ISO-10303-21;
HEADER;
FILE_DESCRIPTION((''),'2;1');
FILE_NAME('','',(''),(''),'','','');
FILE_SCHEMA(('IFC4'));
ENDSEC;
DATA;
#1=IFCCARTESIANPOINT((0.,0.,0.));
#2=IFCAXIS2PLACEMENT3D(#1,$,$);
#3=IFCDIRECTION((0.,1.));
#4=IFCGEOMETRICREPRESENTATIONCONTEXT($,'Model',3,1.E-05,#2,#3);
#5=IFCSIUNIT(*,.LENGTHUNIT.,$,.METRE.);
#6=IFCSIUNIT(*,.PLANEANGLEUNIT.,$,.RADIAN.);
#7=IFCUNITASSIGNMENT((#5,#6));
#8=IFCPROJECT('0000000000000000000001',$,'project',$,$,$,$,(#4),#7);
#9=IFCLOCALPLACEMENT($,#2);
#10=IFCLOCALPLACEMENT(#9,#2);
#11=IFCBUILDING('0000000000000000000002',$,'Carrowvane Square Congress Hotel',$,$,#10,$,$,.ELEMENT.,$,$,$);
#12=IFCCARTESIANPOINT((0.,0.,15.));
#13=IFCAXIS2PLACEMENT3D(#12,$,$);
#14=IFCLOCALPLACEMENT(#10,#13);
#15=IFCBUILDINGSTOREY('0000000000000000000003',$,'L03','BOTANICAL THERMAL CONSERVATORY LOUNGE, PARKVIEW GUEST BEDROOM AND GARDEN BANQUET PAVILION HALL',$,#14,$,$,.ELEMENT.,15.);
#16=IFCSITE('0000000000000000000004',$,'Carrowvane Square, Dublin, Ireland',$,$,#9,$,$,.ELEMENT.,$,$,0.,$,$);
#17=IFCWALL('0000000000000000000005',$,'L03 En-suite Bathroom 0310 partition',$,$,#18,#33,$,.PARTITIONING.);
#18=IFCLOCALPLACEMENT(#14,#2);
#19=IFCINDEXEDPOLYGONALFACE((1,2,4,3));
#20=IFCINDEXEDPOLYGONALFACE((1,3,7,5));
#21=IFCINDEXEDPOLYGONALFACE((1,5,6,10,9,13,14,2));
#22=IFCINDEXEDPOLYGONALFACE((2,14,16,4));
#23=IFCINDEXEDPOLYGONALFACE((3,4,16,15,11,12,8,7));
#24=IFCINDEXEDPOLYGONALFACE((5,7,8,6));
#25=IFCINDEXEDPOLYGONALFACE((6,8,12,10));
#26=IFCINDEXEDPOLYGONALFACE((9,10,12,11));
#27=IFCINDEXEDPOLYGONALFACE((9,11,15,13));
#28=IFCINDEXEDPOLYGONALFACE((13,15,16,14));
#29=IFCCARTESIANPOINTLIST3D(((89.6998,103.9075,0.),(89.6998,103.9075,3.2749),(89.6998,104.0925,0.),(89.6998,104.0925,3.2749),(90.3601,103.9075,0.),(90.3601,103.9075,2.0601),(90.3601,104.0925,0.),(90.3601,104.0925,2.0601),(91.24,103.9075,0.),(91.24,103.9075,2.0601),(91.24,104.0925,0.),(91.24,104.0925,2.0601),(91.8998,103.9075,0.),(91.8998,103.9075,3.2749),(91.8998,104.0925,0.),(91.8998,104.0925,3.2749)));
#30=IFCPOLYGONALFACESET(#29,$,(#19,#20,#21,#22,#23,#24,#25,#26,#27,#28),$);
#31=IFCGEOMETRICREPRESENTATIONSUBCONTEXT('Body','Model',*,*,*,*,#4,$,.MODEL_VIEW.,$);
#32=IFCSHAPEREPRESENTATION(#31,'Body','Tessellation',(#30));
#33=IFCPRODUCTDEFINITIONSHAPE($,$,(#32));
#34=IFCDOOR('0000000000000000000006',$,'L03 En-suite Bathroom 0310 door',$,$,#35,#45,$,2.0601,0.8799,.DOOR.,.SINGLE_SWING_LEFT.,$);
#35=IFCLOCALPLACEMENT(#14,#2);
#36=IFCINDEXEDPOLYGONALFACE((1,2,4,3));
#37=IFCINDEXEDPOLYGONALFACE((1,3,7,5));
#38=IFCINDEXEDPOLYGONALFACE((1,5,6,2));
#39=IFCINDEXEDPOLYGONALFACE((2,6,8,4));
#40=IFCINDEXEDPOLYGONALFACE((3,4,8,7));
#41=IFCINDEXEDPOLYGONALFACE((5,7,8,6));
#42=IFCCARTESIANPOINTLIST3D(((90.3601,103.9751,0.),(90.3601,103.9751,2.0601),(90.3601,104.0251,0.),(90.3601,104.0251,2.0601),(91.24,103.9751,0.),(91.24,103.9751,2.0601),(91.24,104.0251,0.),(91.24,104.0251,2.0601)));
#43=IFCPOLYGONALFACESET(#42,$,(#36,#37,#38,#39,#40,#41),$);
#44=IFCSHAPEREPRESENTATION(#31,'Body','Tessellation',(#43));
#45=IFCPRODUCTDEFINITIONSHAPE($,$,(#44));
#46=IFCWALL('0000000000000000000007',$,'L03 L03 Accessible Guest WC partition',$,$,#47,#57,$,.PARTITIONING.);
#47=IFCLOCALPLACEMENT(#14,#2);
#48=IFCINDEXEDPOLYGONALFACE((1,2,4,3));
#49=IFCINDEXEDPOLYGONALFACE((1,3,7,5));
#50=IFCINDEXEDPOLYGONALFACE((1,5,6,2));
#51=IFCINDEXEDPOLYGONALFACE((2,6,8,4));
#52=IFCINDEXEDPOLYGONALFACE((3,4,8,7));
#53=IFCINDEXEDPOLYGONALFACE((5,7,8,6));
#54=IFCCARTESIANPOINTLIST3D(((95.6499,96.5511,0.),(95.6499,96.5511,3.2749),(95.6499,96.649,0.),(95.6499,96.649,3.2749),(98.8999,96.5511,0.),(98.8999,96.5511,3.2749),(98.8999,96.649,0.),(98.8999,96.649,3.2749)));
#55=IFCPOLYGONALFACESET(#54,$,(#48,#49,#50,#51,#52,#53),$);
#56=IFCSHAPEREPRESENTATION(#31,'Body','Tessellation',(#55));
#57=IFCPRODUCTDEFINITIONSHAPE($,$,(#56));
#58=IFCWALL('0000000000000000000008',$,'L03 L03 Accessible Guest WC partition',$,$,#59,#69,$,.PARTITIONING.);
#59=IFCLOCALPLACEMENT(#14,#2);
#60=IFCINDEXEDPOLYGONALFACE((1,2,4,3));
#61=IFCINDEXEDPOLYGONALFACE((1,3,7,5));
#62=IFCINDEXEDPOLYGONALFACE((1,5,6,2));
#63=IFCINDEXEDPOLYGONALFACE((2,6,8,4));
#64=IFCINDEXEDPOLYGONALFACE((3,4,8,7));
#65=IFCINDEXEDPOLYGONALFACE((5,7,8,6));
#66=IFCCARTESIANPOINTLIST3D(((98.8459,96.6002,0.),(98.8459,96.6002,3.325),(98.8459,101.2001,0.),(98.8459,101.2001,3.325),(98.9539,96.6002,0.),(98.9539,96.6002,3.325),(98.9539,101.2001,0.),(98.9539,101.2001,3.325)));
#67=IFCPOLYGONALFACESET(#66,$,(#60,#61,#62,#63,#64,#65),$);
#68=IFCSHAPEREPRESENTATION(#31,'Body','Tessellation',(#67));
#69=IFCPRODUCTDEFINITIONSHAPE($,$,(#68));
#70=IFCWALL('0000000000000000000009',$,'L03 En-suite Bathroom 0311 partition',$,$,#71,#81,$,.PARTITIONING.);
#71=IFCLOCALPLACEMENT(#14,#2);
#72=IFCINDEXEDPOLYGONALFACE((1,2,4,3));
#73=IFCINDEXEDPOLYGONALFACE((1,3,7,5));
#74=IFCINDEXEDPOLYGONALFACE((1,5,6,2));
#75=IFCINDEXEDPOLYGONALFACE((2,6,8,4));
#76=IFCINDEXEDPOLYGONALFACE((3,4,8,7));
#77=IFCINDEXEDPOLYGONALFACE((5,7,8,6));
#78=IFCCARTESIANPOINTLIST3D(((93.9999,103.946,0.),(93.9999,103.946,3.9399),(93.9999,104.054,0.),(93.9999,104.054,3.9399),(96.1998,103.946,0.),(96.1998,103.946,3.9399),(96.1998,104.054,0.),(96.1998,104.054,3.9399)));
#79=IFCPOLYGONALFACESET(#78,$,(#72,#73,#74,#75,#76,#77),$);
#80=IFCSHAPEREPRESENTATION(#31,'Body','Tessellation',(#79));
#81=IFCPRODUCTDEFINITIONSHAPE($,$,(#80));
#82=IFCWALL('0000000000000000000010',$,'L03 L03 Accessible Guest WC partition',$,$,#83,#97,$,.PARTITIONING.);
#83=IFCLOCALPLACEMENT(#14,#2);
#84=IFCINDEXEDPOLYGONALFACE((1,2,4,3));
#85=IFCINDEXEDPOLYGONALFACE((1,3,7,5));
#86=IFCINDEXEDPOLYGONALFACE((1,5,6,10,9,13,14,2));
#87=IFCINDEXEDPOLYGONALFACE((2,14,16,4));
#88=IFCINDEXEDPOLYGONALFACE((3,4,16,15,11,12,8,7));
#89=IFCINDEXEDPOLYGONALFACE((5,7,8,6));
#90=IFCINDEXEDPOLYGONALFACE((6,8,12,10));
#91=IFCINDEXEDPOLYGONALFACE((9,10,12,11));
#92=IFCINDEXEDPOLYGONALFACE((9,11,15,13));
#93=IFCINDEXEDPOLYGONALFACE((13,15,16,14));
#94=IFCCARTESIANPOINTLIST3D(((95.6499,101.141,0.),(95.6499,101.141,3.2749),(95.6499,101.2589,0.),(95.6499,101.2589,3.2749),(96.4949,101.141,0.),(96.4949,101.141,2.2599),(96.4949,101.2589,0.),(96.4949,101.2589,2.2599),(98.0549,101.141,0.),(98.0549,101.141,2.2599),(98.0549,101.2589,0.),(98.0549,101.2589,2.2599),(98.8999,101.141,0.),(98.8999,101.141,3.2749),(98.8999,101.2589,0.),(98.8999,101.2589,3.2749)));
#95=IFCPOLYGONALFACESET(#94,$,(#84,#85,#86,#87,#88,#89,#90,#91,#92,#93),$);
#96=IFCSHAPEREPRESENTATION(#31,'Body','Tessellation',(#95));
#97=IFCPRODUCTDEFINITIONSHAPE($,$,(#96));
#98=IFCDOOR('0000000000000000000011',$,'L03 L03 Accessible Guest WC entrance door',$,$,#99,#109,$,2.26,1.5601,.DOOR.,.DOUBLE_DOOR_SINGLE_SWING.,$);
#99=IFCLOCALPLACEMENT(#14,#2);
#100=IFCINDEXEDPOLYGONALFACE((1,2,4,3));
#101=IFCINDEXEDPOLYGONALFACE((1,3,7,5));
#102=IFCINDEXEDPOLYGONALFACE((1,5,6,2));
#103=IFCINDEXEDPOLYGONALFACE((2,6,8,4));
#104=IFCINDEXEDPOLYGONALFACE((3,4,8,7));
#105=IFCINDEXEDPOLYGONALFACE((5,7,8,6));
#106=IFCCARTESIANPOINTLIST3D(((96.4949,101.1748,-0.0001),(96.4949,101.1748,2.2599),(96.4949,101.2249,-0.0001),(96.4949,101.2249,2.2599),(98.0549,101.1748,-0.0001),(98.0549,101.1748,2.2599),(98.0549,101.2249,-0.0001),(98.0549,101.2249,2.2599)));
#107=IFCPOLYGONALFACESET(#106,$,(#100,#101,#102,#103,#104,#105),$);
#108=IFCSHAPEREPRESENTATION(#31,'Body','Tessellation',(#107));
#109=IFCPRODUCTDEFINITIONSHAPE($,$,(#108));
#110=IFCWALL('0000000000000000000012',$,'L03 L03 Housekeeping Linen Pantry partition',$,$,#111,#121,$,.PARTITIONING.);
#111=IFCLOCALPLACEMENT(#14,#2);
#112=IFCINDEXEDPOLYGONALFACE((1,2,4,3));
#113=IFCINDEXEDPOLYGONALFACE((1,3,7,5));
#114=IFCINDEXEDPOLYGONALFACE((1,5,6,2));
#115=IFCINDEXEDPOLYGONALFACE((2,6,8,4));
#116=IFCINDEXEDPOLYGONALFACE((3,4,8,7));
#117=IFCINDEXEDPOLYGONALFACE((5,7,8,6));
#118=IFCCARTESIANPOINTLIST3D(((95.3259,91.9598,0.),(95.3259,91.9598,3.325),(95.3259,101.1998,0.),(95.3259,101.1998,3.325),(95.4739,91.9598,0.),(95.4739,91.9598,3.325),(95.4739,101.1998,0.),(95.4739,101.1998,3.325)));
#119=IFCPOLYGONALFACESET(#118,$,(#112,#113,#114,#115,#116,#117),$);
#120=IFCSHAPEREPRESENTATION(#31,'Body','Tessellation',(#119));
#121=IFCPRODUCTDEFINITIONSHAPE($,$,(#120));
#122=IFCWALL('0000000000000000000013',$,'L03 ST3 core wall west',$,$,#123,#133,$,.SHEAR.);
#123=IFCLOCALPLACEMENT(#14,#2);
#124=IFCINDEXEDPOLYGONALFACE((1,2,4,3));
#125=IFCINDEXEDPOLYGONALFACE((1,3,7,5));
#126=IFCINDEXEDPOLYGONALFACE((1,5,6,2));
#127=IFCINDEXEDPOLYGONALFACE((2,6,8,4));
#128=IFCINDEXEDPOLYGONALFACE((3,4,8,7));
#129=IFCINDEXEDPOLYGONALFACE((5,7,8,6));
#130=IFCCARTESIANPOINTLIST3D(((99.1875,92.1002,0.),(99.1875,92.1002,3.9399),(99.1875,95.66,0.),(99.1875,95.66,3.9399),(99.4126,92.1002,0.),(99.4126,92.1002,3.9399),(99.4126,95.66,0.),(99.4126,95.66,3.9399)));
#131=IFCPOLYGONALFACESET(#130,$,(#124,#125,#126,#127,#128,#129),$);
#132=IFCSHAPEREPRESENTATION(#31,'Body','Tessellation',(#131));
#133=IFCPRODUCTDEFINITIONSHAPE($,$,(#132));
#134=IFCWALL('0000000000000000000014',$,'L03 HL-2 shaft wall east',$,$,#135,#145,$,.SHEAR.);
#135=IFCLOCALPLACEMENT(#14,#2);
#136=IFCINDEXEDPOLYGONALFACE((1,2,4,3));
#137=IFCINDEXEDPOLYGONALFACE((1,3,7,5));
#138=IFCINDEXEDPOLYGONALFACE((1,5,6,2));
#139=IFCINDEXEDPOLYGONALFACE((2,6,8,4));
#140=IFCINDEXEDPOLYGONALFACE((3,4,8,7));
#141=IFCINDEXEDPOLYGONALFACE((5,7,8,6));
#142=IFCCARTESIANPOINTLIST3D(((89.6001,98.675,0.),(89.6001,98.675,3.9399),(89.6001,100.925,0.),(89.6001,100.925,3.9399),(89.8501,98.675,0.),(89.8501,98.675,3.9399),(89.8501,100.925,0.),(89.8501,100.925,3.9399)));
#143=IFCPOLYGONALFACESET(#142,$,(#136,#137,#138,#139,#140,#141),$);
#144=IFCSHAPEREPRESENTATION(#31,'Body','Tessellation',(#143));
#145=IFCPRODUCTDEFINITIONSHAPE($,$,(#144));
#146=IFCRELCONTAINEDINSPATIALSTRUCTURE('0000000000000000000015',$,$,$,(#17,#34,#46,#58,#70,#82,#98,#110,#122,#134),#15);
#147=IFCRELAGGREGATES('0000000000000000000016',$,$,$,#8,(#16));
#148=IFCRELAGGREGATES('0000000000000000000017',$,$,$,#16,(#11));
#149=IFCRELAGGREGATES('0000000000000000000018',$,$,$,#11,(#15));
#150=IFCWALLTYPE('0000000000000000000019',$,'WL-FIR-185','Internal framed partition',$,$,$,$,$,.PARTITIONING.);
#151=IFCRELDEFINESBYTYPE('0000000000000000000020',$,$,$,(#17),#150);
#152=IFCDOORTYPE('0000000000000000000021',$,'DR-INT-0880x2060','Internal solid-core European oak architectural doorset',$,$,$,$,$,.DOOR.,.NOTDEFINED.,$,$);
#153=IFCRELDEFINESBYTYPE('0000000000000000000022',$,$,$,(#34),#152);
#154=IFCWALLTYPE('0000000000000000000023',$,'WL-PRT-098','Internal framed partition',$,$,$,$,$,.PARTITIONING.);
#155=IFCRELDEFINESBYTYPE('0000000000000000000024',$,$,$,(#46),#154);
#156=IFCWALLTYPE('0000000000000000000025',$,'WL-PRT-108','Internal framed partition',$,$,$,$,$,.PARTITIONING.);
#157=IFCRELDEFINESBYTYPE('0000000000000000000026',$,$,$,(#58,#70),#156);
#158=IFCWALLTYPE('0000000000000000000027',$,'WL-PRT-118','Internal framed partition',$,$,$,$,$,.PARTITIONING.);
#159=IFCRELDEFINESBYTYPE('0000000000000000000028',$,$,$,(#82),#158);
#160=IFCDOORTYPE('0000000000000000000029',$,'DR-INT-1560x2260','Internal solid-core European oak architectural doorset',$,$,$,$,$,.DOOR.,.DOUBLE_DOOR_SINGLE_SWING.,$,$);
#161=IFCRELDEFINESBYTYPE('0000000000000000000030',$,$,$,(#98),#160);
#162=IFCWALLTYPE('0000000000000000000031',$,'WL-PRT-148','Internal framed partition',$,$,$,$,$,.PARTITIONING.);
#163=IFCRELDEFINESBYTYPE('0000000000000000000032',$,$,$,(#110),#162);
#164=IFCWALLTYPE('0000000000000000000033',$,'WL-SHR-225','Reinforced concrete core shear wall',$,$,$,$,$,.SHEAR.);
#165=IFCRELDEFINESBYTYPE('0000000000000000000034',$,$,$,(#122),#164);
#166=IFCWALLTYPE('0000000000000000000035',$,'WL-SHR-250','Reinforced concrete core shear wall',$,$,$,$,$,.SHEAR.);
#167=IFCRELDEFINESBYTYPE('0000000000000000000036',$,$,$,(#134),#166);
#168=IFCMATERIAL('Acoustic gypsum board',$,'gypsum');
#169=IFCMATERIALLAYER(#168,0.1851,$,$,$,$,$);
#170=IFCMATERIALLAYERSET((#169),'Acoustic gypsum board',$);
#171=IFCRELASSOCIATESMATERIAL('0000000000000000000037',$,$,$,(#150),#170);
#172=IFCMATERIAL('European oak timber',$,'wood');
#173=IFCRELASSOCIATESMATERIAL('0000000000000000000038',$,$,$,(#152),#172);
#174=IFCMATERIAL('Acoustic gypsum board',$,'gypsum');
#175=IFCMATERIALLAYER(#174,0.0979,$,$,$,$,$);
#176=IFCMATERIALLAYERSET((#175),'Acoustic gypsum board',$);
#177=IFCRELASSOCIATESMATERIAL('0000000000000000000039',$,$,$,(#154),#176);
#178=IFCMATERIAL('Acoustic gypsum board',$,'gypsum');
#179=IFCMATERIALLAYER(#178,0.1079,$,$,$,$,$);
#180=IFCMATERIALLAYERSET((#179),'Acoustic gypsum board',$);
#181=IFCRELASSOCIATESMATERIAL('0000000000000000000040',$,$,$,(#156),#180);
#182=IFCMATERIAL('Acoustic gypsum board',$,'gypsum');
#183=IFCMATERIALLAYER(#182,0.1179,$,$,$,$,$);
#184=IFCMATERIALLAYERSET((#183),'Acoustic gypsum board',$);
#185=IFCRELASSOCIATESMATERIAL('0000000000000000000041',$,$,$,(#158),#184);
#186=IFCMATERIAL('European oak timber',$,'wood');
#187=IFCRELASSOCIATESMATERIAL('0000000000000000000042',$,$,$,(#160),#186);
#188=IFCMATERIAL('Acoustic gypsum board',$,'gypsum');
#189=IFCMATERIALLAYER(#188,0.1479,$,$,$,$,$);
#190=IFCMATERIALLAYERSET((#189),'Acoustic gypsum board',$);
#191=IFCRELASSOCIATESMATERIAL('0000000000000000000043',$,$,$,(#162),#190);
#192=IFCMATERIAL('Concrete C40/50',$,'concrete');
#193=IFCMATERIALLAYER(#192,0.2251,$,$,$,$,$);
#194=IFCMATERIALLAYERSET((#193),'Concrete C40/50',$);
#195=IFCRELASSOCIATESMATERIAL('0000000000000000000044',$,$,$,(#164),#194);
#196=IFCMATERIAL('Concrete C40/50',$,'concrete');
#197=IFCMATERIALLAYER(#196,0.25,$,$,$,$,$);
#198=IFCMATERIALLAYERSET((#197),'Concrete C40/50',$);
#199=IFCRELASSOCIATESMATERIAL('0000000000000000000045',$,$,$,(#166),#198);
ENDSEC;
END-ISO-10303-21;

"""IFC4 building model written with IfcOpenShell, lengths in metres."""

from ifc_helpers import new_model, si_unit, direction, frame, frame_2d, origin, place, context, subcontext, project, spatial, rectangle, extrude, material, layer, layer_set, type_object, element, fill, save


model = new_model("IFC4")

# Units and contexts
model_context = context("Model", 3, precision=1e-05, world=origin(), true_north=direction((0.0, 1.0)))
body_context = subcontext(model_context, "Body", "Model", "MODEL_VIEW")
ifc_project = project(units=[si_unit("LENGTHUNIT", "METRE"), si_unit("PLANEANGLEUNIT", "RADIAN")], contexts=[model_context])

# Site, building, storey
site_placement = place(None, origin())
site = spatial("IfcSite", under=ifc_project, at=site_placement, Name="Carrowvane Square, Dublin, Ireland", CompositionType="ELEMENT", RefElevation=0.0)
building_placement = place(site_placement, origin())
building = spatial("IfcBuilding", under=site, at=building_placement, Name="Carrowvane Square Congress Hotel", CompositionType="ELEMENT")
storey_placement = place(building_placement, frame((0.0, 0.0, 15.0)))
storey = spatial("IfcBuildingStorey", under=building, at=storey_placement, Name="L03", Description="BOTANICAL THERMAL CONSERVATORY LOUNGE, PARKVIEW GUEST BEDROOM AND GARDEN BANQUET PAVILION HALL", CompositionType="ELEMENT", Elevation=15.0)

# Wall, opening, door
ifc_material_1 = material(Name="Acoustic gypsum board", Category="gypsum")
ifc_layer_1 = layer(ifc_material_1, 0.1851)
ifc_layer_set_1 = layer_set([ifc_layer_1], Name="Acoustic gypsum board")
wall_type_1 = type_object("IfcWallType", Name="WL-FIR-185", Description="Internal framed partition", PredefinedType="PARTITIONING", material=ifc_layer_set_1)
wall_1_placement = place(storey_placement, frame((91.8999, 104.0, 0.0), z_axis=(0.0, 0.0, 1.0), x_axis=(-1.0, 0.0, 0.0)))
wall_1 = element("IfcWall", 1, at=wall_1_placement, inside=storey, type_object=wall_type_1, Name="L03 En-suite Bathroom 0310 partition", PredefinedType="PARTITIONING", context=body_context, shape_type="SweptSolid", body=[
    extrude(rectangle(XDim=2.2, YDim=0.1851, at=frame_2d((1.1001, 0.0))), origin(), (0.0, 0.0, 1.0), 3.2749),
])
opening_1_placement = place(wall_1_placement, frame((0.6599, 0.0, 0.0)))
opening_1 = element("IfcOpeningElement", 2, at=opening_1_placement, cuts=wall_1, PredefinedType="OPENING", context=body_context, shape_type="SweptSolid", body=[
    extrude(rectangle(XDim=0.8799, YDim=2.0601, at=frame_2d((0.4399, 1.03))), frame((0.0, 0.1025, 0.0), z_axis=(0.0, -1.0, 0.0), x_axis=(1.0, 0.0, 0.0)), (0.0, 0.0, 1.0), 0.2051),
])
ifc_material_2 = material(Name="European oak timber", Category="wood")
door_type_1 = type_object("IfcDoorType", Name="DR-INT-0880x2060", Description="Internal solid-core European oak architectural doorset", OperationType="NOTDEFINED", PredefinedType="DOOR", material=ifc_material_2)
door_1_placement = place(opening_1_placement, origin())
door_1 = element("IfcDoor", 3, at=door_1_placement, inside=storey, type_object=door_type_1, Name="L03 En-suite Bathroom 0310 door", OperationType="SINGLE_SWING_LEFT", OverallHeight=2.0601, OverallWidth=0.8799, PredefinedType="DOOR", context=body_context, shape_type="SweptSolid", body=[
    extrude(rectangle(XDim=0.8799, YDim=2.0601, at=frame_2d((0.4399, 1.03))), frame((0.0, 0.0249, 0.0), z_axis=(0.0, -1.0, 0.0), x_axis=(1.0, 0.0, 0.0)), (0.0, 0.0, 1.0), 0.05),
])
fill(opening_1, door_1)

# Walls
ifc_material_3 = material(Name="Acoustic gypsum board", Category="gypsum")
ifc_layer_2 = layer(ifc_material_3, 0.0979)
ifc_layer_set_2 = layer_set([ifc_layer_2], Name="Acoustic gypsum board")
wall_type_2 = type_object("IfcWallType", Name="WL-PRT-098", Description="Internal framed partition", PredefinedType="PARTITIONING", material=ifc_layer_set_2)
wall_2_placement = place(storey_placement, frame((98.8999, 96.6001, 0.0), z_axis=(0.0, 0.0, 1.0), x_axis=(-1.0, 0.0, 0.0)))
element("IfcWall", 4, at=wall_2_placement, inside=storey, type_object=wall_type_2, Name="L03 L03 Accessible Guest WC partition", PredefinedType="PARTITIONING", context=body_context, shape_type="SweptSolid", body=[
    extrude(rectangle(XDim=3.25, YDim=0.0979, at=frame_2d((1.625, 0.0))), origin(), (0.0, 0.0, 1.0), 3.2749),
])
ifc_material_4 = material(Name="Acoustic gypsum board", Category="gypsum")
ifc_layer_3 = layer(ifc_material_4, 0.1079)
ifc_layer_set_3 = layer_set([ifc_layer_3], Name="Acoustic gypsum board")
wall_type_3 = type_object("IfcWallType", Name="WL-PRT-108", Description="Internal framed partition", PredefinedType="PARTITIONING", material=ifc_layer_set_3)
wall_3_placement = place(storey_placement, frame((98.8999, 101.2, 0.0), z_axis=(0.0, 0.0, 1.0), x_axis=(0.0, -1.0, 0.0)))
element("IfcWall", 5, at=wall_3_placement, inside=storey, type_object=wall_type_3, Name="L03 L03 Accessible Guest WC partition", PredefinedType="PARTITIONING", context=body_context, shape_type="SweptSolid", body=[
    extrude(rectangle(XDim=4.5999, YDim=0.1079, at=frame_2d((2.2998, 0.0))), origin(), (0.0, 0.0, 1.0), 3.325),
])
wall_4_placement = place(storey_placement, frame((96.2, 104.0, 0.0), z_axis=(0.0, 0.0, 1.0), x_axis=(-1.0, 0.0, 0.0)))
element("IfcWall", 6, at=wall_4_placement, inside=storey, type_object=wall_type_3, Name="L03 En-suite Bathroom 0311 partition", PredefinedType="PARTITIONING", context=body_context, shape_type="SweptSolid", body=[
    extrude(rectangle(XDim=2.2, YDim=0.1079, at=frame_2d((1.1001, 0.0))), origin(), (0.0, 0.0, 1.0), 3.9399),
])

# Wall, opening, door
ifc_material_5 = material(Name="Acoustic gypsum board", Category="gypsum")
ifc_layer_4 = layer(ifc_material_5, 0.1179)
ifc_layer_set_4 = layer_set([ifc_layer_4], Name="Acoustic gypsum board")
wall_type_4 = type_object("IfcWallType", Name="WL-PRT-118", Description="Internal framed partition", PredefinedType="PARTITIONING", material=ifc_layer_set_4)
wall_5_placement = place(storey_placement, frame((95.6499, 101.2, 0.0), z_axis=(0.0, 0.0, 1.0), x_axis=(1.0, 0.0, 0.0)))
wall_5 = element("IfcWall", 7, at=wall_5_placement, inside=storey, type_object=wall_type_4, Name="L03 L03 Accessible Guest WC partition", PredefinedType="PARTITIONING", context=body_context, shape_type="SweptSolid", body=[
    extrude(rectangle(XDim=3.25, YDim=0.1179, at=frame_2d((1.625, 0.0))), origin(), (0.0, 0.0, 1.0), 3.2749),
])
opening_2_placement = place(wall_5_placement, frame((0.845, 0.0, 0.0)))
opening_2 = element("IfcOpeningElement", 8, at=opening_2_placement, cuts=wall_5, PredefinedType="OPENING", context=body_context, shape_type="SweptSolid", body=[
    extrude(rectangle(XDim=1.5601, YDim=2.26, at=frame_2d((0.78, 1.1299))), frame((0.0, 0.0688, 0.0), z_axis=(0.0, -1.0, 0.0), x_axis=(1.0, 0.0, 0.0)), (0.0, 0.0, 1.0), 0.1379),
])
ifc_material_6 = material(Name="European oak timber", Category="wood")
door_type_2 = type_object("IfcDoorType", Name="DR-INT-1560x2260", Description="Internal solid-core European oak architectural doorset", OperationType="DOUBLE_DOOR_SINGLE_SWING", PredefinedType="DOOR", material=ifc_material_6)
door_2_placement = place(opening_2_placement, origin())
door_2 = element("IfcDoor", 9, at=door_2_placement, inside=storey, type_object=door_type_2, Name="L03 L03 Accessible Guest WC entrance door", OperationType="DOUBLE_DOOR_SINGLE_SWING", OverallHeight=2.26, OverallWidth=1.5601, PredefinedType="DOOR", context=body_context, shape_type="SweptSolid", body=[
    extrude(rectangle(XDim=1.5601, YDim=2.26, at=frame_2d((0.78, 1.1299))), frame((0.0, 0.0249, 0.0), z_axis=(0.0, -1.0, 0.0), x_axis=(1.0, 0.0, 0.0)), (0.0, 0.0, 1.0), 0.05),
])
fill(opening_2, door_2)

# Walls
ifc_material_7 = material(Name="Acoustic gypsum board", Category="gypsum")
ifc_layer_5 = layer(ifc_material_7, 0.1479)
ifc_layer_set_5 = layer_set([ifc_layer_5], Name="Acoustic gypsum board")
wall_type_5 = type_object("IfcWallType", Name="WL-PRT-148", Description="Internal framed partition", PredefinedType="PARTITIONING", material=ifc_layer_set_5)
wall_6_placement = place(storey_placement, frame((95.3999, 101.2, 0.0), z_axis=(0.0, 0.0, 1.0), x_axis=(0.0, -1.0, 0.0)))
element("IfcWall", 10, at=wall_6_placement, inside=storey, type_object=wall_type_5, Name="L03 L03 Housekeeping Linen Pantry partition", PredefinedType="PARTITIONING", context=body_context, shape_type="SweptSolid", body=[
    extrude(rectangle(XDim=9.24, YDim=0.1479, at=frame_2d((4.6201, 0.0))), origin(), (0.0, 0.0, 1.0), 3.325),
])
ifc_material_8 = material(Name="Concrete C40/50", Category="concrete")
ifc_layer_6 = layer(ifc_material_8, 0.2251)
ifc_layer_set_6 = layer_set([ifc_layer_6], Name="Concrete C40/50")
wall_type_6 = type_object("IfcWallType", Name="WL-SHR-225", Description="Reinforced concrete core shear wall", PredefinedType="SHEAR", material=ifc_layer_set_6)
wall_7_placement = place(storey_placement, frame((99.3, 95.6599, 0.0), z_axis=(0.0, 0.0, 1.0), x_axis=(0.0, -1.0, 0.0)))
element("IfcWall", 11, at=wall_7_placement, inside=storey, type_object=wall_type_6, Name="L03 ST3 core wall west", PredefinedType="SHEAR", context=body_context, shape_type="SweptSolid", body=[
    extrude(rectangle(XDim=3.5598, YDim=0.2251, at=frame_2d((1.7798, 0.0))), origin(), (0.0, 0.0, 1.0), 3.9399),
])
ifc_material_9 = material(Name="Concrete C40/50", Category="concrete")
ifc_layer_7 = layer(ifc_material_9, 0.25)
ifc_layer_set_7 = layer_set([ifc_layer_7], Name="Concrete C40/50")
wall_type_7 = type_object("IfcWallType", Name="WL-SHR-250", Description="Reinforced concrete core shear wall", PredefinedType="SHEAR", material=ifc_layer_set_7)
wall_8_placement = place(storey_placement, frame((89.7251, 98.675, 0.0), z_axis=(0.0, 0.0, 1.0), x_axis=(0.0, 1.0, 0.0)))
element("IfcWall", 12, at=wall_8_placement, inside=storey, type_object=wall_type_7, Name="L03 HL-2 shaft wall east", PredefinedType="SHEAR", context=body_context, shape_type="SweptSolid", body=[
    extrude(rectangle(XDim=2.25, YDim=0.25, at=frame_2d((1.125, 0.0))), origin(), (0.0, 0.0, 1.0), 3.9399),
])

save(model, "model.ifc")
